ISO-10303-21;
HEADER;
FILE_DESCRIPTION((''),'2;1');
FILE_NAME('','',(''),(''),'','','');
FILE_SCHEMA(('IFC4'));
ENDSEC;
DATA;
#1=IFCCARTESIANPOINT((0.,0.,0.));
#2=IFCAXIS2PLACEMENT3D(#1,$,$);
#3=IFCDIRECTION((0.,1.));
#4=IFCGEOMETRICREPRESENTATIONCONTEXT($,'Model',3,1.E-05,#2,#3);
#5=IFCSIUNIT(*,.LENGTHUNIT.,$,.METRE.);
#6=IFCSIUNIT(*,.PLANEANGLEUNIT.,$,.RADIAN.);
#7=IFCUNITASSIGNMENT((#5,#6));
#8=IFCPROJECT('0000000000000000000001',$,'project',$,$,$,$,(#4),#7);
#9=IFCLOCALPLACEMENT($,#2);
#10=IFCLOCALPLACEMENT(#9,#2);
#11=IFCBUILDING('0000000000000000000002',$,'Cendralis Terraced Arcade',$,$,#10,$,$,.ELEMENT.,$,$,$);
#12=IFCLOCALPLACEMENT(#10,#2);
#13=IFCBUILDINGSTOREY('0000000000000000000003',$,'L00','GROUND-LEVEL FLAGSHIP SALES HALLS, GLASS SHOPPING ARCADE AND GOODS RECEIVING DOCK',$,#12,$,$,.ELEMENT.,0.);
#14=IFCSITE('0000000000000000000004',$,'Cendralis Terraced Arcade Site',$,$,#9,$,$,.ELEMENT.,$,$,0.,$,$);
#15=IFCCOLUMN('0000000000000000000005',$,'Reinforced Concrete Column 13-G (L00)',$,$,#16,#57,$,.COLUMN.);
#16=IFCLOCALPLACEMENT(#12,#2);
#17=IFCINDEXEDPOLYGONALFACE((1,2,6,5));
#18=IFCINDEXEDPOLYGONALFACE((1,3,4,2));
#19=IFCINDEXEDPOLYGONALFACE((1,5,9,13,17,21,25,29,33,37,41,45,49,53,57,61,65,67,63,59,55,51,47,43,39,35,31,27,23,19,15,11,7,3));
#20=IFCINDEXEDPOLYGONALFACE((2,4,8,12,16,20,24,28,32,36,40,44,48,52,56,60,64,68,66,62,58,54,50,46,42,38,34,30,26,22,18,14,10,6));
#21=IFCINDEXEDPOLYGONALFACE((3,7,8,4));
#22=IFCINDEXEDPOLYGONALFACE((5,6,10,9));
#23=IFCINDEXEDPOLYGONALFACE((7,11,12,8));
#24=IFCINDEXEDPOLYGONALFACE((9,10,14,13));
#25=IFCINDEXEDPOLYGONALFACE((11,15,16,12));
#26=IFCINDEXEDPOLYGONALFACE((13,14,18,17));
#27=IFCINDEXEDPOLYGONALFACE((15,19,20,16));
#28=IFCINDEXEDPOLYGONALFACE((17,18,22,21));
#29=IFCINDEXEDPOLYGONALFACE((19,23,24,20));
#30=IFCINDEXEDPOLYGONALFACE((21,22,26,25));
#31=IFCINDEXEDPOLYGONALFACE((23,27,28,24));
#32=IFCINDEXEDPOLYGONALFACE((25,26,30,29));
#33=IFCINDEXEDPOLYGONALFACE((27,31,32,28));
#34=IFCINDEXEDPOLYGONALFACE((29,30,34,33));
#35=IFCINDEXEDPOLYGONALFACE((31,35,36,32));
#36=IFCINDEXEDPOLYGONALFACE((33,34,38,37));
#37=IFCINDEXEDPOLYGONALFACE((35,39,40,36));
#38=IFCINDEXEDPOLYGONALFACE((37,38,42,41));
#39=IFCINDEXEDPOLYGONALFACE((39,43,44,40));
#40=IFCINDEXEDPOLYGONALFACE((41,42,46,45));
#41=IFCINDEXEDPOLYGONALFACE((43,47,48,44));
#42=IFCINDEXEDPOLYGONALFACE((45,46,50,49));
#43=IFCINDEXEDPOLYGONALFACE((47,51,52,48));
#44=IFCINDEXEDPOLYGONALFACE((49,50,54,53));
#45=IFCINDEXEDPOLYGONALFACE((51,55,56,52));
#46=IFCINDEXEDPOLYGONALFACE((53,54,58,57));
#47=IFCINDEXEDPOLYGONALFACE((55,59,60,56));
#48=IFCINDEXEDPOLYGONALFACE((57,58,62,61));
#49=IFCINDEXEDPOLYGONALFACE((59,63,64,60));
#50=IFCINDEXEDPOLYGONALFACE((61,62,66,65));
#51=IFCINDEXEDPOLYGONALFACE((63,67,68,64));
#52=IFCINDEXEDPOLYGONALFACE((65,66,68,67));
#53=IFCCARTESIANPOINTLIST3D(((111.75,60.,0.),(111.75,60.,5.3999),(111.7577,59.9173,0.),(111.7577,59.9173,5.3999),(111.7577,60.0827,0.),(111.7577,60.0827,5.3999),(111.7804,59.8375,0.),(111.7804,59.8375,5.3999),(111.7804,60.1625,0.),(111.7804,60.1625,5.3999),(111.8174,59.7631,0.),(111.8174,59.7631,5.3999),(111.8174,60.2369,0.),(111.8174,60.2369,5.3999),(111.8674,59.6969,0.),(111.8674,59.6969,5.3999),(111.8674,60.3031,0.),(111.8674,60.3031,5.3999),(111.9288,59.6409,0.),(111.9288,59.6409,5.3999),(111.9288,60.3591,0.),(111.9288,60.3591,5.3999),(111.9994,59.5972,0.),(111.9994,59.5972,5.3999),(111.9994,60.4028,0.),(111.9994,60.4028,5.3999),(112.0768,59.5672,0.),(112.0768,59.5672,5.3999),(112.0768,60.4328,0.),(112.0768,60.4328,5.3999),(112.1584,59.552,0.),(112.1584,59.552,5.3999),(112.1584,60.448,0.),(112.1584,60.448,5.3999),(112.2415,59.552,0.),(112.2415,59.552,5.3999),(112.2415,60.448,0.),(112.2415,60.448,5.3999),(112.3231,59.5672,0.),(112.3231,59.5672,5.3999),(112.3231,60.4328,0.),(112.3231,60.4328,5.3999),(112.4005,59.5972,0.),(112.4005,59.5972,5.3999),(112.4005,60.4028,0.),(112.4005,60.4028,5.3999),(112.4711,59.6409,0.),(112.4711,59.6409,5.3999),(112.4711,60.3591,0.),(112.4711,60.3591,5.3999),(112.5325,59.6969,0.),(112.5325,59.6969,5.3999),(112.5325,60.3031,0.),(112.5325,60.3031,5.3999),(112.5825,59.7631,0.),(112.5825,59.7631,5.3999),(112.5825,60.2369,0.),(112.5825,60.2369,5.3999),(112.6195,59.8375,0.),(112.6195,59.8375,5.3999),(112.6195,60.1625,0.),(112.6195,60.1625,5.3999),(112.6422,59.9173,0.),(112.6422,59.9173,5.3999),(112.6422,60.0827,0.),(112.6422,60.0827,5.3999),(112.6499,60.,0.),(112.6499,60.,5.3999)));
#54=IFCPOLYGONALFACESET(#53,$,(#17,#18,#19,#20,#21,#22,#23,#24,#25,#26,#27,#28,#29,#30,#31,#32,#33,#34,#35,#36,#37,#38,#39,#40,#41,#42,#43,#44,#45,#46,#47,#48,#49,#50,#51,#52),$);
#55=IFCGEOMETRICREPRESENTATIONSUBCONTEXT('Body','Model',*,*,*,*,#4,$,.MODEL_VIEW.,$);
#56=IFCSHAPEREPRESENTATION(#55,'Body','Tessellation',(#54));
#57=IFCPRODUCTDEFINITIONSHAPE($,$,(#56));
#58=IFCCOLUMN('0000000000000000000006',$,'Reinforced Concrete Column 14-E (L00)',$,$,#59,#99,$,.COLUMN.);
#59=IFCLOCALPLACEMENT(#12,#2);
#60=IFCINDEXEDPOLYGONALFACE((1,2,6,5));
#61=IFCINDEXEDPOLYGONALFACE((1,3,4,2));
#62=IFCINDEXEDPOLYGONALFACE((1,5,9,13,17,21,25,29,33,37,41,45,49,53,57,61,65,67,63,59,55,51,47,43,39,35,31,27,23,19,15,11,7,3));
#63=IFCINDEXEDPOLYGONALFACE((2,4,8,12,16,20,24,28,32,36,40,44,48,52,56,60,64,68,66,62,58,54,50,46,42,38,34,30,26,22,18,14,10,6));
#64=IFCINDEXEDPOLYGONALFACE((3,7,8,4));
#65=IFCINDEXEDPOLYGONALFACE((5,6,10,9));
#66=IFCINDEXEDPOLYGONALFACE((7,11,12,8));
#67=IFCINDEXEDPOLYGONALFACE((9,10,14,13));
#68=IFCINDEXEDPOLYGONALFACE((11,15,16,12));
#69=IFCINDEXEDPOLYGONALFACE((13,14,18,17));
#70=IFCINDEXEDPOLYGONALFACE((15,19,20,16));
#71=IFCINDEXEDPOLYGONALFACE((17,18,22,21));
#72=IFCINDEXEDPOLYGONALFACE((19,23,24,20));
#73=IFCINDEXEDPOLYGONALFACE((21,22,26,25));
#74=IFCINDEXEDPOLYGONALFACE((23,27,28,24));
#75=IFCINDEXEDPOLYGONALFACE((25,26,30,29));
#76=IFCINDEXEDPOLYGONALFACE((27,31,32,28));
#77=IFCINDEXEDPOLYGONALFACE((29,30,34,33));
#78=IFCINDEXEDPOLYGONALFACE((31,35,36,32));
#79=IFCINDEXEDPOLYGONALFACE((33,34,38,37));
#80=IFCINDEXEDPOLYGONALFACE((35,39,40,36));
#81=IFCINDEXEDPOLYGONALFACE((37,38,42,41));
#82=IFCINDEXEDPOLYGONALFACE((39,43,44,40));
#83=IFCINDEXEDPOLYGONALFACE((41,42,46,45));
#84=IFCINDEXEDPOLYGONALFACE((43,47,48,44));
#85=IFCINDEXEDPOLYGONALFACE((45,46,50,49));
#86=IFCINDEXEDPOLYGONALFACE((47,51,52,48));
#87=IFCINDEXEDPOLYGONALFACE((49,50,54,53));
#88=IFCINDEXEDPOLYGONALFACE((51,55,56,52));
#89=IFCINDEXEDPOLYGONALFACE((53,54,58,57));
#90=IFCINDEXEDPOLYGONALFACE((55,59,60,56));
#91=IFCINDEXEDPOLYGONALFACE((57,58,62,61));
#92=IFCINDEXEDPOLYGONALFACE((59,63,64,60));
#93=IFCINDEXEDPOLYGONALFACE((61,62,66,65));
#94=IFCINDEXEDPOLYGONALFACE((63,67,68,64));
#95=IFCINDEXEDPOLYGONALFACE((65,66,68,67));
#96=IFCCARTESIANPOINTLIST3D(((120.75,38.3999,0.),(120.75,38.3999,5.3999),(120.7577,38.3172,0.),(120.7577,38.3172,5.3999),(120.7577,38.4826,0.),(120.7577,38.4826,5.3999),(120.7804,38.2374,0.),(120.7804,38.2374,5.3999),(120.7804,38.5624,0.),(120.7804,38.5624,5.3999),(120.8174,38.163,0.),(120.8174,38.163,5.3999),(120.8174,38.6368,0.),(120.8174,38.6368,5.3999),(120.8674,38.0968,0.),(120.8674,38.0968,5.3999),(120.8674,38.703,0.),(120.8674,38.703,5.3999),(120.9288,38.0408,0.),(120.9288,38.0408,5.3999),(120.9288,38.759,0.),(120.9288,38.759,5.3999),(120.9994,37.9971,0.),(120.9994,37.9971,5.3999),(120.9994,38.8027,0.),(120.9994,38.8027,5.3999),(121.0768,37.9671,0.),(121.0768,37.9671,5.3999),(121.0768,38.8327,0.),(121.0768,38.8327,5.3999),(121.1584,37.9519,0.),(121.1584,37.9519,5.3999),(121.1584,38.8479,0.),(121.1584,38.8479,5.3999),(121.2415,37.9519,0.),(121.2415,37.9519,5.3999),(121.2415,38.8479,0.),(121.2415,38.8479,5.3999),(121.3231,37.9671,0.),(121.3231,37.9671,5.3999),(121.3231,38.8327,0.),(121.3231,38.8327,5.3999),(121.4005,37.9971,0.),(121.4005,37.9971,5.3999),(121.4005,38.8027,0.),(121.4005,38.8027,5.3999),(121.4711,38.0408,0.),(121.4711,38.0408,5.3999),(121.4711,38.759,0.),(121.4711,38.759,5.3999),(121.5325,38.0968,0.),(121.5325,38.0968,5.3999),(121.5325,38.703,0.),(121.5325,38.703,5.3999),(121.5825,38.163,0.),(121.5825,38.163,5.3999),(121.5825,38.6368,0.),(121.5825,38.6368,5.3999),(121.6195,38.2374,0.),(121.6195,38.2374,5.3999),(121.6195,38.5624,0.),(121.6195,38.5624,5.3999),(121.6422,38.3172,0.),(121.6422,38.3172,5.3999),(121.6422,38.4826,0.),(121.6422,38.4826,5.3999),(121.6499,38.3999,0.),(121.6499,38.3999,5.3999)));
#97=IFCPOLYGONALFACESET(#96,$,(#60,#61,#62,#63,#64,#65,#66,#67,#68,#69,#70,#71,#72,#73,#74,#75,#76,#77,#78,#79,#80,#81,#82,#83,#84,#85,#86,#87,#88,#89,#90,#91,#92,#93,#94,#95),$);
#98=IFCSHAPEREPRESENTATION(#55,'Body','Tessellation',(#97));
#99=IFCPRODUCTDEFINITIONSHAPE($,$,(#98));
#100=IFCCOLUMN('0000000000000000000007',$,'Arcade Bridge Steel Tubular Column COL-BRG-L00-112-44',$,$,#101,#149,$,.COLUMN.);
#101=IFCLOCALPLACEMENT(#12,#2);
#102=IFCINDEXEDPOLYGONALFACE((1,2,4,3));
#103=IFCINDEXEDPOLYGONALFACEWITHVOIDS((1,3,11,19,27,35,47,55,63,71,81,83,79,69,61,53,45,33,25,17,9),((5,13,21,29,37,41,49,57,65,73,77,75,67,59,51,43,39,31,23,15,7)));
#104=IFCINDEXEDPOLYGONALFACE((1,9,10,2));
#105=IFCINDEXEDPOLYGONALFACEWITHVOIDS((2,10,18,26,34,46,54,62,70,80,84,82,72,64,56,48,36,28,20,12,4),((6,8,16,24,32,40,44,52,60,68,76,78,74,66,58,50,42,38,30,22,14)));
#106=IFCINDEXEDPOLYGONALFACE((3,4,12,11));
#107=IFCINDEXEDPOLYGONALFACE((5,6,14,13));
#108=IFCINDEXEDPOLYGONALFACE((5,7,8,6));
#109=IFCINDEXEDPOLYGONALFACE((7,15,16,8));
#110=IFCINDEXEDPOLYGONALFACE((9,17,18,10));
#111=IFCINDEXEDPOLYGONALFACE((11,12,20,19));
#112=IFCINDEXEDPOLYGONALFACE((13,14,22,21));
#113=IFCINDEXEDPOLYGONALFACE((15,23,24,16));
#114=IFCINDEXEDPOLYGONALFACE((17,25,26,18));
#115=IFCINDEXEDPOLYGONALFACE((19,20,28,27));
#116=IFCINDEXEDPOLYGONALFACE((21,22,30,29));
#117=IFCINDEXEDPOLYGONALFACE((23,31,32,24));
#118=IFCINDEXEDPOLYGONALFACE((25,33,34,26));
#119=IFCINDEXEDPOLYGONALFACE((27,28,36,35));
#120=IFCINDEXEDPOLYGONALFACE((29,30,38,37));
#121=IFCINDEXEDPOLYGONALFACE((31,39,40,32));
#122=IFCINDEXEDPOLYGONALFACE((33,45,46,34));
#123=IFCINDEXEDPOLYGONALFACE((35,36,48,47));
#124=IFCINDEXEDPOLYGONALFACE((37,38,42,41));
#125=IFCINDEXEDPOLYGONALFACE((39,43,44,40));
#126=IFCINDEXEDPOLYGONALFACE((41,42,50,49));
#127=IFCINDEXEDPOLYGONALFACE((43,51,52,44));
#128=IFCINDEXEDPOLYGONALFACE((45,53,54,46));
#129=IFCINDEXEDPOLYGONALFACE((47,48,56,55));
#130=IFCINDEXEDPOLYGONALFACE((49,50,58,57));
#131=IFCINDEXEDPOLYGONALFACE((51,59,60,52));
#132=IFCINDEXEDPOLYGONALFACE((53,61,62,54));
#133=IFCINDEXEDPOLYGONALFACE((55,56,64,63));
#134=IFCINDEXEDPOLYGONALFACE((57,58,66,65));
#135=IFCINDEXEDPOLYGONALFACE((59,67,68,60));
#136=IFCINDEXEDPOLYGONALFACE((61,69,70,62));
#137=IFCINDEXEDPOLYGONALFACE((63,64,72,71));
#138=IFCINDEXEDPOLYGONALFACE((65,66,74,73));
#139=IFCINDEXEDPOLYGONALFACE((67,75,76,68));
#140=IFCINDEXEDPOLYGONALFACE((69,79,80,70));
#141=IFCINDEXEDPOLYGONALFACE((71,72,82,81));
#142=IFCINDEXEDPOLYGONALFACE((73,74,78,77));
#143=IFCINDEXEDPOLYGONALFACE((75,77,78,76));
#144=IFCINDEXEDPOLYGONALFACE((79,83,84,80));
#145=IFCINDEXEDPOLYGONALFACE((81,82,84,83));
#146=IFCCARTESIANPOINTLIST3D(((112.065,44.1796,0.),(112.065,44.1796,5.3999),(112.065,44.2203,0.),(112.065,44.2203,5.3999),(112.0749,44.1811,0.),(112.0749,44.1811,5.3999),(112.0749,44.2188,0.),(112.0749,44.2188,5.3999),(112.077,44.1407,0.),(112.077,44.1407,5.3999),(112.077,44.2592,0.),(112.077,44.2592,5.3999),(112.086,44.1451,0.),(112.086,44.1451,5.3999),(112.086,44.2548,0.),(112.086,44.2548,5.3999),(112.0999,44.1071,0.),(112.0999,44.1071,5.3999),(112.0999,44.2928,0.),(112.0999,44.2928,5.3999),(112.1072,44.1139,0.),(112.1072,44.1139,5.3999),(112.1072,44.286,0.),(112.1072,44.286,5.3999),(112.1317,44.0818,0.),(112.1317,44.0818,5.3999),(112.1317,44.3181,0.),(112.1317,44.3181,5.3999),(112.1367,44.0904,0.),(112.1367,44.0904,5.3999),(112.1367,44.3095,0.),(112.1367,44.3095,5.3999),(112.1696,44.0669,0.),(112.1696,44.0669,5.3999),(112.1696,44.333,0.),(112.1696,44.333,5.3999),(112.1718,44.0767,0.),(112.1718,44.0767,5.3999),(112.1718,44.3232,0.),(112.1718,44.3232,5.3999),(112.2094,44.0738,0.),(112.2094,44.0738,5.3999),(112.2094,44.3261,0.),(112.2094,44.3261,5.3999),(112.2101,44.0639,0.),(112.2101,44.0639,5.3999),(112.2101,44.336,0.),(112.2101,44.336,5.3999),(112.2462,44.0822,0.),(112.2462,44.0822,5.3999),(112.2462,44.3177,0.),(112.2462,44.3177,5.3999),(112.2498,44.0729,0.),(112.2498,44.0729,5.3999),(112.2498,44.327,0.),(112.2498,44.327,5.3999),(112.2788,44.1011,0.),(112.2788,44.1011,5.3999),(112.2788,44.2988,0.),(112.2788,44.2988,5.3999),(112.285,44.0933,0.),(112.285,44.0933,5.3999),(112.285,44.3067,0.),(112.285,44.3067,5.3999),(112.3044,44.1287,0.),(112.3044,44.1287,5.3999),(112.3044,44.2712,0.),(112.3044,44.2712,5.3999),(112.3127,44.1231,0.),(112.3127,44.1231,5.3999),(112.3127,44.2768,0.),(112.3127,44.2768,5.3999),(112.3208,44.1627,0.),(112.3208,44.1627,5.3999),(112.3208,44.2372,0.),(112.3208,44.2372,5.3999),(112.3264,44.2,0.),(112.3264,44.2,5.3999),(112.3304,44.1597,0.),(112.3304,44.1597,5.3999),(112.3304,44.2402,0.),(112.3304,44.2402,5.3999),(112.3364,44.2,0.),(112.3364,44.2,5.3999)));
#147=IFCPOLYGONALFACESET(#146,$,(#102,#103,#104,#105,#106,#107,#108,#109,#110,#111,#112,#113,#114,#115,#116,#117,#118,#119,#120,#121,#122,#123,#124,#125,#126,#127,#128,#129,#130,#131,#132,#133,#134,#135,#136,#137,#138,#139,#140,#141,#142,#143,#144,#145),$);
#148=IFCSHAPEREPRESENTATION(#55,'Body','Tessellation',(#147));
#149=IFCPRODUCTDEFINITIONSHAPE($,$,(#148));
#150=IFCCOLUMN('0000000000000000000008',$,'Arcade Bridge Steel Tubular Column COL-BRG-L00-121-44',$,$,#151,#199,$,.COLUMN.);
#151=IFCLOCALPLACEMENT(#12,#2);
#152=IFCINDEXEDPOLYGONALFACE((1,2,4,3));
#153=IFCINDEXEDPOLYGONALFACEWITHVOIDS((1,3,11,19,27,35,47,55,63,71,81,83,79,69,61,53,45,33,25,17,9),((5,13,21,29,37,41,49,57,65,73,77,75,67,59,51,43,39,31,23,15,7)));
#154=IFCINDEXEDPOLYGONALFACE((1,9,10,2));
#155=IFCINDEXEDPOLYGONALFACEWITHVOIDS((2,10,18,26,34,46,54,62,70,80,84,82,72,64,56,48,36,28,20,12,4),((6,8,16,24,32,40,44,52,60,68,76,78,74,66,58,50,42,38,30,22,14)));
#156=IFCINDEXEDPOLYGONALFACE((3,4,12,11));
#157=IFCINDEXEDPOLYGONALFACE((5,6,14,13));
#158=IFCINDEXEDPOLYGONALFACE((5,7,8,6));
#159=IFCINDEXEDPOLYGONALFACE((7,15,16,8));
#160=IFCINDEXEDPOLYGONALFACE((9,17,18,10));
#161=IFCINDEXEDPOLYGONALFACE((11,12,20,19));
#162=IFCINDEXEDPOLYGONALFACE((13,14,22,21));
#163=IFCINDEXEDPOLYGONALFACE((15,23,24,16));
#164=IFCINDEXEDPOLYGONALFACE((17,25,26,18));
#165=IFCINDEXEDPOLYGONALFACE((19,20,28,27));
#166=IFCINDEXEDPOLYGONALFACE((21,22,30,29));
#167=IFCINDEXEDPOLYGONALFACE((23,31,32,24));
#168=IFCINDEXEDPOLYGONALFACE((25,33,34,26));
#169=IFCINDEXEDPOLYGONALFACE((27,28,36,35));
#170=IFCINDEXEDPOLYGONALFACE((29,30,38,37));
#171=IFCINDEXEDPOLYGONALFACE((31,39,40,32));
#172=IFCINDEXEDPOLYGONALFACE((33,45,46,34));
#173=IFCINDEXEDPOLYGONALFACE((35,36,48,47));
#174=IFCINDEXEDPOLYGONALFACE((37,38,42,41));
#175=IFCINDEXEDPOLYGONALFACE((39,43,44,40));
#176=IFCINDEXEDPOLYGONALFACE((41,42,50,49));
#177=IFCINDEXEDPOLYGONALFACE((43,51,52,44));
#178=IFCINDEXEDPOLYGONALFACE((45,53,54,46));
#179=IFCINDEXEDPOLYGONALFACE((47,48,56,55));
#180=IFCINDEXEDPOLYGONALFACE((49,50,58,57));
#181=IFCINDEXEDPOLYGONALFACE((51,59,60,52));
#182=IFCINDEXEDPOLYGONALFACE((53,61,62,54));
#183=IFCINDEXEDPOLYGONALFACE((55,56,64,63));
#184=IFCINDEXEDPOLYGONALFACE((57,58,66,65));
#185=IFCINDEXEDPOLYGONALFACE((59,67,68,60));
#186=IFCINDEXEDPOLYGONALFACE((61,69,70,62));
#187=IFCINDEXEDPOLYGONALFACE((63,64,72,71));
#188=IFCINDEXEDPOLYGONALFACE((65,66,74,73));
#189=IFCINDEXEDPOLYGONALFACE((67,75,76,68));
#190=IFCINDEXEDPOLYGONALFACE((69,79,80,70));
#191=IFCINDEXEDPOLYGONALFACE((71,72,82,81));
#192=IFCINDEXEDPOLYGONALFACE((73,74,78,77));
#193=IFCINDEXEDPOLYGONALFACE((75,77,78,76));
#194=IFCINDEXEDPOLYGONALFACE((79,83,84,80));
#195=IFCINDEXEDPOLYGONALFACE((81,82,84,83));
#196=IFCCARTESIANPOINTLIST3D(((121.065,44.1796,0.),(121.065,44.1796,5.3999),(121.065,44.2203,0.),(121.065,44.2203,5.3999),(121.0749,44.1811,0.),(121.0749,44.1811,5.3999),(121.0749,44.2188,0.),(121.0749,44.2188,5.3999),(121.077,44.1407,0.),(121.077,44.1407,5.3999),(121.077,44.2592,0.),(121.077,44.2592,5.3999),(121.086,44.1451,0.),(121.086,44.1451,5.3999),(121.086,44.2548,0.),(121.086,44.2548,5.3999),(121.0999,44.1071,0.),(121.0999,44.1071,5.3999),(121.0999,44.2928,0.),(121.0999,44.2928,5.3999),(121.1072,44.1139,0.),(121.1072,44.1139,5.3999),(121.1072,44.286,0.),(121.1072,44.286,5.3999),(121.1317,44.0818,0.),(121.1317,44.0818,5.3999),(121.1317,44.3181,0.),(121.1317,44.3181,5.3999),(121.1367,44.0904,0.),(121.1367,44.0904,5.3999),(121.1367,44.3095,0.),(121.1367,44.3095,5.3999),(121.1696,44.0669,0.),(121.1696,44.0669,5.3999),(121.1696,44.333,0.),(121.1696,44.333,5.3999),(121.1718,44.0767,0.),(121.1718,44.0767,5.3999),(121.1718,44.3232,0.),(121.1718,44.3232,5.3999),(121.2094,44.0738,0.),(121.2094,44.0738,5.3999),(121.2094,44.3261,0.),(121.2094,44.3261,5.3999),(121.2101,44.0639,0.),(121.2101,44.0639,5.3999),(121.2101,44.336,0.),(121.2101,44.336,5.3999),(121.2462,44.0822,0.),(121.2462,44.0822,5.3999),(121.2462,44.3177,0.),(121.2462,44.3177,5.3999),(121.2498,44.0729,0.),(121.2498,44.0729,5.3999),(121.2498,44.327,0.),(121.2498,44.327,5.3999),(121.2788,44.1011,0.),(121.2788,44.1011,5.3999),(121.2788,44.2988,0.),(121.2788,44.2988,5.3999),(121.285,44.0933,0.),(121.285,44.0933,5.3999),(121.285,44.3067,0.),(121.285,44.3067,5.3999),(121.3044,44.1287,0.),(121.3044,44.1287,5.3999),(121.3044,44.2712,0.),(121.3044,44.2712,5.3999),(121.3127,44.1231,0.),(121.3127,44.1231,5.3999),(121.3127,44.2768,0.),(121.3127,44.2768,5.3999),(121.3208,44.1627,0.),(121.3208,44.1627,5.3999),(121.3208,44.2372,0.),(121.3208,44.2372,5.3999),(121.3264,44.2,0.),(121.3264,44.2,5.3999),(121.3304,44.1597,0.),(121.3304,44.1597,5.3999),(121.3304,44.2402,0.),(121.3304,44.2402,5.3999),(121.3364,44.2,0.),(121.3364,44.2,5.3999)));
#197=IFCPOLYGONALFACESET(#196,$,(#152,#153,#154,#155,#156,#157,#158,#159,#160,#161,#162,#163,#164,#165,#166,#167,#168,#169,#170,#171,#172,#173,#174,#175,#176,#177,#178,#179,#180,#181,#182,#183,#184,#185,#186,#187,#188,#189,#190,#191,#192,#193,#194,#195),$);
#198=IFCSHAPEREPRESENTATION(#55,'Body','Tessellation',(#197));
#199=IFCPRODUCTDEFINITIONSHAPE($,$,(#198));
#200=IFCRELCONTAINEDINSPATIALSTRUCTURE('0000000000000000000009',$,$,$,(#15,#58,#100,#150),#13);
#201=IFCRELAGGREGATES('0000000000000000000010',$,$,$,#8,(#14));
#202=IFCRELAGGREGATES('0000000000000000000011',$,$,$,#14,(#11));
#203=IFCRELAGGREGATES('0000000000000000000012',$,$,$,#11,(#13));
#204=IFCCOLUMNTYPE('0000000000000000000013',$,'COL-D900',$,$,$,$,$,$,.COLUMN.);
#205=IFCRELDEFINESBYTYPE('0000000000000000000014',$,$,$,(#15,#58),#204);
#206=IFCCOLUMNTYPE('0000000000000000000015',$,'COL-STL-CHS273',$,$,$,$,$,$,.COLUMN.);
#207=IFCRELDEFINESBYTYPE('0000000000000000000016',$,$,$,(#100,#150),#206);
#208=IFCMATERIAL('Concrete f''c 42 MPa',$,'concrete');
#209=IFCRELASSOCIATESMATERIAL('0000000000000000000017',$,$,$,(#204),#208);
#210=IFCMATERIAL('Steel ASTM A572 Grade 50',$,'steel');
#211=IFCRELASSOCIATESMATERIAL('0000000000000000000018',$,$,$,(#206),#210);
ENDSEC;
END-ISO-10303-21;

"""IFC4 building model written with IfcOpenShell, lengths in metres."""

from ifc_helpers import new_model, si_unit, direction, frame, origin, origin_2d, place, context, subcontext, project, spatial, circle, hollow_circle, extrude, material, material_profile, profile_set, type_object, element, save


model = new_model("IFC4")

# Units and contexts
model_context = context("Model", 3, precision=1e-05, world=origin(), true_north=direction((0.0, 1.0)))
body_context = subcontext(model_context, "Body", "Model", "MODEL_VIEW")
ifc_project = project(units=[si_unit("LENGTHUNIT", "METRE"), si_unit("PLANEANGLEUNIT", "RADIAN")], contexts=[model_context])

# Site, building, storey
site_placement = place(None, origin())
site = spatial("IfcSite", under=ifc_project, at=site_placement, Name="Cendralis Terraced Arcade Site", CompositionType="ELEMENT", RefElevation=0.0)
building_placement = place(site_placement, origin())
building = spatial("IfcBuilding", under=site, at=building_placement, Name="Cendralis Terraced Arcade", CompositionType="ELEMENT")
storey_placement = place(building_placement, origin())
storey = spatial("IfcBuildingStorey", under=building, at=storey_placement, Name="L00", Description="GROUND-LEVEL FLAGSHIP SALES HALLS, GLASS SHOPPING ARCADE AND GOODS RECEIVING DOCK", CompositionType="ELEMENT", Elevation=0.0)

# Columns
ifc_material_1 = material(Name="Concrete f'c 42 MPa", Category="concrete")
ifc_material_profile_1 = material_profile(ifc_material_1, circle(Radius=0.45, at=origin_2d()), Name="RC-COL-D900", Category="LoadBearing")
ifc_profile_set_1 = profile_set([ifc_material_profile_1], Name="Concrete f'c 42 MPa")
column_type_1 = type_object("IfcColumnType", Name="COL-D900", PredefinedType="COLUMN", material=ifc_profile_set_1)
for number, where, z_axis, x_axis, name in (
    (1, (112.2, 60.0, 0.0), (0.0, 0.0, 1.0), (1.0, 0.0, 0.0), "Reinforced Concrete Column 13-G (L00)"),
    (2, (121.2, 38.3999, 0.0), (0.0, 0.0, 1.0), (1.0, 0.0, 0.0), "Reinforced Concrete Column 14-E (L00)"),
):
    element("IfcColumn", number, at=place(storey_placement, frame(where, z_axis=z_axis, x_axis=x_axis)), inside=storey, type_object=column_type_1, Name=name, PredefinedType="COLUMN", context=body_context, shape_type="SweptSolid", body=[
        extrude(circle(Radius=0.45, at=origin_2d()), origin(), (0.0, 0.0, 1.0), 5.3999),
    ])
ifc_material_2 = material(Name="Steel ASTM A572 Grade 50", Category="steel")
ifc_material_profile_2 = material_profile(ifc_material_2, hollow_circle(Radius=0.1365, WallThickness=0.01, at=origin_2d()), Name="CHS273X10", Category="LoadBearing")
ifc_profile_set_2 = profile_set([ifc_material_profile_2], Name="Steel ASTM A572 Grade 50")
column_type_2 = type_object("IfcColumnType", Name="COL-STL-CHS273", PredefinedType="COLUMN", material=ifc_profile_set_2)
for number, where, z_axis, x_axis, name in (
    (3, (112.2, 44.2, 0.0), (0.0, 0.0, 1.0), (1.0, 0.0, 0.0), "Arcade Bridge Steel Tubular Column COL-BRG-L00-112-44"),
    (4, (121.2, 44.2, 0.0), (0.0, 0.0, 1.0), (1.0, 0.0, 0.0), "Arcade Bridge Steel Tubular Column COL-BRG-L00-121-44"),
):
    element("IfcColumn", number, at=place(storey_placement, frame(where, z_axis=z_axis, x_axis=x_axis)), inside=storey, type_object=column_type_2, Name=name, PredefinedType="COLUMN", context=body_context, shape_type="SweptSolid", body=[
        extrude(hollow_circle(Radius=0.1365, WallThickness=0.01, at=origin_2d()), origin(), (0.0, 0.0, 1.0), 5.3999),
    ])

save(model, "model.ifc")
